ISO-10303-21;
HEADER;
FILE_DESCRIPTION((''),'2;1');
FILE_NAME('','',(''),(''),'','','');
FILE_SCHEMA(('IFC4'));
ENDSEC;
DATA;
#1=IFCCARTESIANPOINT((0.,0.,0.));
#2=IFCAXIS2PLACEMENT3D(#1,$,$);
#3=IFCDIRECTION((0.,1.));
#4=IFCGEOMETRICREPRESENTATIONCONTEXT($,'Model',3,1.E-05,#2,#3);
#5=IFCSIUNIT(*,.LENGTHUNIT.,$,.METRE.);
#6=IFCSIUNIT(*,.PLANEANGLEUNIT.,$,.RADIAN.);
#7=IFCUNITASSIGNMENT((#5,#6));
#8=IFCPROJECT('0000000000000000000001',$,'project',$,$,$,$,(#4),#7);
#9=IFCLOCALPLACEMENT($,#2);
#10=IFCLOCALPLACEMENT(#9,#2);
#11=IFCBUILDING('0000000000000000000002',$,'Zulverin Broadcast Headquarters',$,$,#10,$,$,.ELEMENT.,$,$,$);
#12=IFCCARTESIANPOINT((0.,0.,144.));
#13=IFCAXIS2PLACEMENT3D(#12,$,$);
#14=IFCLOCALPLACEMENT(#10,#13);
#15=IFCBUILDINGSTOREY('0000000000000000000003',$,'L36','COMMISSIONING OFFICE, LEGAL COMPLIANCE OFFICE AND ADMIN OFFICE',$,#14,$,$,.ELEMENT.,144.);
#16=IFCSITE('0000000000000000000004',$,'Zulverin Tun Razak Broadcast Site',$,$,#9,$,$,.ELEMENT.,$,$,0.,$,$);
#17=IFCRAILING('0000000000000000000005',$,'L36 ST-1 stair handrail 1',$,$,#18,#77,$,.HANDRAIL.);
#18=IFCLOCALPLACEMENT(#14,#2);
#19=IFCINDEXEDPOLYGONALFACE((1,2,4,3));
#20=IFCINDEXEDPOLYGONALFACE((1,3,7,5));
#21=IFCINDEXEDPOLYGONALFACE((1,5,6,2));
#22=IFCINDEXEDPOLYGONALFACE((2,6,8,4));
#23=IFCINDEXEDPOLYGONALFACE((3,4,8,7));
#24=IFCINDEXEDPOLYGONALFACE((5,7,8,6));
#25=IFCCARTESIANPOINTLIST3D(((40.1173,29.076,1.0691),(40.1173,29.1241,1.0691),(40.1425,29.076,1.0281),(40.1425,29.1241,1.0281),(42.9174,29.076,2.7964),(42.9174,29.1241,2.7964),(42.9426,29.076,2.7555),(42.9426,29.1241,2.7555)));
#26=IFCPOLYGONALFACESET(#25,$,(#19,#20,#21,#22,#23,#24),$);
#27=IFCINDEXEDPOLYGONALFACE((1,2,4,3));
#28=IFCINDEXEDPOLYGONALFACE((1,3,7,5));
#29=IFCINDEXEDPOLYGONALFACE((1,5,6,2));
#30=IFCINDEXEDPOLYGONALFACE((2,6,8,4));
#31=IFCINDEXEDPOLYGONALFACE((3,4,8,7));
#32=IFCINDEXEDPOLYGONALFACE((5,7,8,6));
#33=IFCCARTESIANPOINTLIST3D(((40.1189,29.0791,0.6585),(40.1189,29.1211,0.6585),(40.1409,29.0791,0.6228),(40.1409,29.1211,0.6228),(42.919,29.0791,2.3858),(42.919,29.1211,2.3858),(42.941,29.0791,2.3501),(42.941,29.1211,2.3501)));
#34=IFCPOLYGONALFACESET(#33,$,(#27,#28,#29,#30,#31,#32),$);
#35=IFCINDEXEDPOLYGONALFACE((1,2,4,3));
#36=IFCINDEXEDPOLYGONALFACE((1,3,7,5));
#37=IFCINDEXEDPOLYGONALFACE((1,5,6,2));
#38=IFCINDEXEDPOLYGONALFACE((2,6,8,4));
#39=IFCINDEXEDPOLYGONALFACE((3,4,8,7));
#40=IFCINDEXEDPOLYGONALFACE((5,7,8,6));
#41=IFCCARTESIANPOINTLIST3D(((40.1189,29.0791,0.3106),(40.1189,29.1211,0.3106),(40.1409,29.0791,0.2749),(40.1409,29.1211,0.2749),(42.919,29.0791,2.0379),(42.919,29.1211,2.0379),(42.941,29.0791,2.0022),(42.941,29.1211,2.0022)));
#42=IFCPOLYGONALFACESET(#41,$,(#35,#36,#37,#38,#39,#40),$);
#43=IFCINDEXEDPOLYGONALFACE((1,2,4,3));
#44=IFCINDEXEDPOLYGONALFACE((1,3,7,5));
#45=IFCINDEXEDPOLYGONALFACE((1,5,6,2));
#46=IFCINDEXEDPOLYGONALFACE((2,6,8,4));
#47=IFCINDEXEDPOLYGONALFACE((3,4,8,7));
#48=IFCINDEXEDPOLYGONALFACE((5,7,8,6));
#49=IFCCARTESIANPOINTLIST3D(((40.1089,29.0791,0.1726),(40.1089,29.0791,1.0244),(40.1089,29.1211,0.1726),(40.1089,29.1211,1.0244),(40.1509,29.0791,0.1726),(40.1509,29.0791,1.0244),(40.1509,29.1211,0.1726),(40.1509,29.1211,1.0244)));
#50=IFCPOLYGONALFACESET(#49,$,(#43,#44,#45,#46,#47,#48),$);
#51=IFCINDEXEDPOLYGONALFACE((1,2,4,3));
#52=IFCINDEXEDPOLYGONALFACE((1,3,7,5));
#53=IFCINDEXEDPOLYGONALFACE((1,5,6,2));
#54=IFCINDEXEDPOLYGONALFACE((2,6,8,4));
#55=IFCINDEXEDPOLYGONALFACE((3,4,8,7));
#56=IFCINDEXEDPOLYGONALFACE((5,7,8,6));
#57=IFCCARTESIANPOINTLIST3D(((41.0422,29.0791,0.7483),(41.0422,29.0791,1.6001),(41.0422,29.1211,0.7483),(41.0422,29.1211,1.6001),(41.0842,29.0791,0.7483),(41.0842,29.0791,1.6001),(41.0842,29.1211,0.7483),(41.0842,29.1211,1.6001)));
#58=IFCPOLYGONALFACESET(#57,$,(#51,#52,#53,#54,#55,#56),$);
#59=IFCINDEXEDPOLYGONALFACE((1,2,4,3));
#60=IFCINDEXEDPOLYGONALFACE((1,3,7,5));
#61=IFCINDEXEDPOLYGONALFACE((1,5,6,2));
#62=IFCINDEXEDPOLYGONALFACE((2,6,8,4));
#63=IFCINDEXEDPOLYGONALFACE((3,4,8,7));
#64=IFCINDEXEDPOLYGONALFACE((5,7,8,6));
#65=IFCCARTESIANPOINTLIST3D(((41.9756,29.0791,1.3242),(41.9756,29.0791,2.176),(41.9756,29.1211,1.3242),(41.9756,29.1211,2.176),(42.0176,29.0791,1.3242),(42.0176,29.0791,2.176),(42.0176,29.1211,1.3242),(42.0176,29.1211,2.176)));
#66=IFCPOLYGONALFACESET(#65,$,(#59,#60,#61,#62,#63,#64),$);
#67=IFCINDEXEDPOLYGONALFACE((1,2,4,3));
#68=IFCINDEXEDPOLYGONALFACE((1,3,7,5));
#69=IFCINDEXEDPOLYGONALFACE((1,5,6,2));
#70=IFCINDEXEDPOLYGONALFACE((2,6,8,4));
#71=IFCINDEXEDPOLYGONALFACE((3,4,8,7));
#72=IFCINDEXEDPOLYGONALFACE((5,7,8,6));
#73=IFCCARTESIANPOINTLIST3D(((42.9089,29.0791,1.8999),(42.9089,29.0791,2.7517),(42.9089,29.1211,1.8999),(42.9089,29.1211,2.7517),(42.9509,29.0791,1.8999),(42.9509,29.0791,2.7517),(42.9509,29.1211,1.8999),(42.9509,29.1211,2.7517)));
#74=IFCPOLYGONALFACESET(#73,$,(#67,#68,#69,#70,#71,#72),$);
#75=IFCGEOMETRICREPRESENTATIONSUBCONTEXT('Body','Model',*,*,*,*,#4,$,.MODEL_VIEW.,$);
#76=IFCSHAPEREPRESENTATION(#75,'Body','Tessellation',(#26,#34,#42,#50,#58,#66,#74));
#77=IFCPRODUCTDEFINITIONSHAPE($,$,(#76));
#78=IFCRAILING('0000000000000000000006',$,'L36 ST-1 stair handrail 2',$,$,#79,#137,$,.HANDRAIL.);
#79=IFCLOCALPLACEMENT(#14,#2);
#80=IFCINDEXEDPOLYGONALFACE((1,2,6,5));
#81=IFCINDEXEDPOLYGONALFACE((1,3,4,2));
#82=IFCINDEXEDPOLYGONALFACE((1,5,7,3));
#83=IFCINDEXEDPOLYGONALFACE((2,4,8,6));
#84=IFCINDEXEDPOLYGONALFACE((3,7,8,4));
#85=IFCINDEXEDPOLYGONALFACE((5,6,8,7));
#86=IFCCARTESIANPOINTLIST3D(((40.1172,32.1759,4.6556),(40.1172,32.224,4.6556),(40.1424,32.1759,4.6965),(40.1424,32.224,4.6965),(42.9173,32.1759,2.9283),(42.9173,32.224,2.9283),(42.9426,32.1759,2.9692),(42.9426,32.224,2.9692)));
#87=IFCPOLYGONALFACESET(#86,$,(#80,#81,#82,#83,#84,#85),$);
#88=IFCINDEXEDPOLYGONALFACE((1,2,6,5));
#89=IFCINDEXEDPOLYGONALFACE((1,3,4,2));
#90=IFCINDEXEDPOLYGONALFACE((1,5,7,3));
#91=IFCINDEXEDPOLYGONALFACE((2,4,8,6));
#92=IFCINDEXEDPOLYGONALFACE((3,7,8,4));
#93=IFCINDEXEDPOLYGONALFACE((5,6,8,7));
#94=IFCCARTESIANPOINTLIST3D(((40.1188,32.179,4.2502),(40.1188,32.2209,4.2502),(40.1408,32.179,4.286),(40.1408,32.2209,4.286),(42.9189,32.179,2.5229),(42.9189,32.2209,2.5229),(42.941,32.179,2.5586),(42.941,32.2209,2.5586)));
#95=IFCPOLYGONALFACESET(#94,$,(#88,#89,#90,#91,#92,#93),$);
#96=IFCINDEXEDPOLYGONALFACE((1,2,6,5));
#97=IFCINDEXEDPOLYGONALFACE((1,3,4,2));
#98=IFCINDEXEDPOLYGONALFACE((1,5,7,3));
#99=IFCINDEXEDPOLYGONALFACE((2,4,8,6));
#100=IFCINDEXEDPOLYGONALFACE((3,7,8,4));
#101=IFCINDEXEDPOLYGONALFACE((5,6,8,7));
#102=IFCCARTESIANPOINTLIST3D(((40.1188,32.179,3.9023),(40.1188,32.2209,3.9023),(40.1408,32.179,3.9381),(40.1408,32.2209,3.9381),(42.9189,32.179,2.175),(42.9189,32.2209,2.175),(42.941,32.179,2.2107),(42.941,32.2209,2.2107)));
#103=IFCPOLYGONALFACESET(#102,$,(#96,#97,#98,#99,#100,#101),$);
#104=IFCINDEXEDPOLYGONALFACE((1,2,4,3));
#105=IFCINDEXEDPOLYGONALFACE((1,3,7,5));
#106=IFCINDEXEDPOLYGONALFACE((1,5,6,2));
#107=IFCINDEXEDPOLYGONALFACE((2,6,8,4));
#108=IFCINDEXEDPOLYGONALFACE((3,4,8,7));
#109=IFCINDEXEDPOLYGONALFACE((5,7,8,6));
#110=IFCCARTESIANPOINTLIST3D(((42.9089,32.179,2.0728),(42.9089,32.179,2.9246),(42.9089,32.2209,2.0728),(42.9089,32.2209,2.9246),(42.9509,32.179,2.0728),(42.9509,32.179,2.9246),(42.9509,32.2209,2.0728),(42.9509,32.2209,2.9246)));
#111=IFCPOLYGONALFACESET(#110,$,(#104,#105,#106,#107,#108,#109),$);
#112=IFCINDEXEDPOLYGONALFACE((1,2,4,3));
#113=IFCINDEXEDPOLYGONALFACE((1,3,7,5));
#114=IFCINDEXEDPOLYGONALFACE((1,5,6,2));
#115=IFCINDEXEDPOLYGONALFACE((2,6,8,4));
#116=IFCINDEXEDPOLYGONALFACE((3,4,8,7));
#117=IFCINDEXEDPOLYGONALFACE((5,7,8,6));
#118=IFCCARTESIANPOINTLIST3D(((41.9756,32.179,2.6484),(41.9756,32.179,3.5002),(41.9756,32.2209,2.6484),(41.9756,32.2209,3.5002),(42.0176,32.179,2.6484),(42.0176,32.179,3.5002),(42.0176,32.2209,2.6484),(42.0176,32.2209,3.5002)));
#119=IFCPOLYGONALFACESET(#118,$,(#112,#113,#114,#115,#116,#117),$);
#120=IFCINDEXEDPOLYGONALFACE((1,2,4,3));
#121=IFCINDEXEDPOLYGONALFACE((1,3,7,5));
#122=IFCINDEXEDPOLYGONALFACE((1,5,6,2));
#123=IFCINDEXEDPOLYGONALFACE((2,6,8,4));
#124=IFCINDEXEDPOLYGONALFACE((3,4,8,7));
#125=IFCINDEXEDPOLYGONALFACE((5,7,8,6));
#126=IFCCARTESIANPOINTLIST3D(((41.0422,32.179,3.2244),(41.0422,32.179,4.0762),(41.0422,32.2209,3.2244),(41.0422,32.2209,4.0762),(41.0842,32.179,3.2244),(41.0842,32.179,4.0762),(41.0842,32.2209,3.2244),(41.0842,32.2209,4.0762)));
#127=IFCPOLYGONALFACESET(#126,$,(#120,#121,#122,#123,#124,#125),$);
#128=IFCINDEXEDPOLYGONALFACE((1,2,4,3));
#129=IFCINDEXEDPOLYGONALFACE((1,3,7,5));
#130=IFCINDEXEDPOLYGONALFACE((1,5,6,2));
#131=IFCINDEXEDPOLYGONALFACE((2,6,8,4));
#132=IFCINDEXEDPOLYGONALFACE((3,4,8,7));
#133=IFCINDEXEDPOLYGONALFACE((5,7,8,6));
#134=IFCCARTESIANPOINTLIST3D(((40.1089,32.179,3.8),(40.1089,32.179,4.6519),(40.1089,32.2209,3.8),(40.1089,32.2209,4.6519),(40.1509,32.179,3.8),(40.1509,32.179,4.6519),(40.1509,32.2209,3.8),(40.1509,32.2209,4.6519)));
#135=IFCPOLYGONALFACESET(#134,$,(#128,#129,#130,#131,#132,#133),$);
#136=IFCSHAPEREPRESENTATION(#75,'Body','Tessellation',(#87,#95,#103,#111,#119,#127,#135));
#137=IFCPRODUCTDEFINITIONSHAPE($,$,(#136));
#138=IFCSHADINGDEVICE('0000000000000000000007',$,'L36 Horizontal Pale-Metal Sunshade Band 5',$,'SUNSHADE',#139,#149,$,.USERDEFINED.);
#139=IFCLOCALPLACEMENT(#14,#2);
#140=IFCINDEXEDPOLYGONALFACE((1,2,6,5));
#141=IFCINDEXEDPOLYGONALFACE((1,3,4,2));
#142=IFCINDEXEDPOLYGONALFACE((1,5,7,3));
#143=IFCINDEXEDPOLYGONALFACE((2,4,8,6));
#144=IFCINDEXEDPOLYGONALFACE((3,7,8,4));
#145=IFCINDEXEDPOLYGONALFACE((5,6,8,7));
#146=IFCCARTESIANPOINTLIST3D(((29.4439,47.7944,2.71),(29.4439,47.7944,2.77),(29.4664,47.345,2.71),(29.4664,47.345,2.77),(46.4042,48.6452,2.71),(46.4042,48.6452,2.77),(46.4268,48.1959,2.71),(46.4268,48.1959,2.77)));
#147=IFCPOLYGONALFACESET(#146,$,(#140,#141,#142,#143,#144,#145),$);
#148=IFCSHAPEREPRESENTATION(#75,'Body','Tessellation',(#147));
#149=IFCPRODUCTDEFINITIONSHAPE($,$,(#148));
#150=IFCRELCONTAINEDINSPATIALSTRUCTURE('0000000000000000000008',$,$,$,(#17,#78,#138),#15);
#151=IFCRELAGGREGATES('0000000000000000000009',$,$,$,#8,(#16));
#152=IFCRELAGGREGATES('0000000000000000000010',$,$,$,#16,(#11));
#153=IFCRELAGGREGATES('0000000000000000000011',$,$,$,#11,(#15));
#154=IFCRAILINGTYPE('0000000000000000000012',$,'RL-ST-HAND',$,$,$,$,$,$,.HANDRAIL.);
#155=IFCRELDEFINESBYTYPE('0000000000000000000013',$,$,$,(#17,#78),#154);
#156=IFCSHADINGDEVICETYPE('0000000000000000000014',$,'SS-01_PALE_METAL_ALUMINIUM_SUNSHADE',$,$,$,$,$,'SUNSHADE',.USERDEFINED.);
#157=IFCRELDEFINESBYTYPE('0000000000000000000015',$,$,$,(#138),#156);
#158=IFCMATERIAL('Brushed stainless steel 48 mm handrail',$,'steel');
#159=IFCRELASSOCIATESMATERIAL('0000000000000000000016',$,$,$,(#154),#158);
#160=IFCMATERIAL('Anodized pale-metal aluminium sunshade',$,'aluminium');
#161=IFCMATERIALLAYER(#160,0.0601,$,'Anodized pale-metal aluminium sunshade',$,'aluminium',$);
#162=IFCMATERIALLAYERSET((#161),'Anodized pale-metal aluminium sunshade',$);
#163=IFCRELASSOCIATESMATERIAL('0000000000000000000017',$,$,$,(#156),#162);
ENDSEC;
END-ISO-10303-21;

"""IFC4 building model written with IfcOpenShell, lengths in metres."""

from ifc_helpers import new_model, si_unit, direction, frame, origin, origin_2d, place, context, subcontext, project, spatial, rectangle, extrude, material, layer, layer_set, type_object, element, save


model = new_model("IFC4")

# Units and contexts
model_context = context("Model", 3, precision=1e-05, world=origin(), true_north=direction((0.0, 1.0)))
body_context = subcontext(model_context, "Body", "Model", "MODEL_VIEW")
ifc_project = project(units=[si_unit("LENGTHUNIT", "METRE"), si_unit("PLANEANGLEUNIT", "RADIAN")], contexts=[model_context])

# Site, building, storey
site_placement = place(None, origin())
site = spatial("IfcSite", under=ifc_project, at=site_placement, Name="Zulverin Tun Razak Broadcast Site", CompositionType="ELEMENT", RefElevation=0.0)
building_placement = place(site_placement, origin())
building = spatial("IfcBuilding", under=site, at=building_placement, Name="Zulverin Broadcast Headquarters", CompositionType="ELEMENT")
storey_placement = place(building_placement, frame((0.0, 0.0, 144.0)))
storey = spatial("IfcBuildingStorey", under=building, at=storey_placement, Name="L36", Description="COMMISSIONING OFFICE, LEGAL COMPLIANCE OFFICE AND ADMIN OFFICE", CompositionType="ELEMENT", Elevation=144.0)

# Railings
ifc_material_1 = material(Name="Brushed stainless steel 48 mm handrail", Category="steel")
railing_type_1 = type_object("IfcRailingType", Name="RL-ST-HAND", PredefinedType="HANDRAIL", material=ifc_material_1)
railing_1_placement = place(storey_placement, frame((40.1299, 29.1001, 0.1726)))
element("IfcRailing", 1, at=railing_1_placement, inside=storey, type_object=railing_type_1, Name="L36 ST-1 stair handrail 1", PredefinedType="HANDRAIL", context=body_context, shape_type="SweptSolid", body=[
    extrude(rectangle(XDim=0.0481, YDim=0.0481, at=origin_2d()), frame((0.0, 0.0, 0.876), z_axis=(0.85109, 0.0, 0.52502), x_axis=(0.0, 1.0, 0.0)), (0.0, 0.0, 1.0), 3.29),
    extrude(rectangle(XDim=0.042, YDim=0.042, at=origin_2d()), frame((0.0, 0.0, 0.468), z_axis=(0.85109, 0.0, 0.52502), x_axis=(0.0, 1.0, 0.0)), (0.0, 0.0, 1.0), 3.29),
    extrude(rectangle(XDim=0.042, YDim=0.042, at=origin_2d()), frame((0.0, 0.0, 0.1201), z_axis=(0.85109, 0.0, 0.52502), x_axis=(0.0, 1.0, 0.0)), (0.0, 0.0, 1.0), 3.29),
    extrude(rectangle(XDim=0.042, YDim=0.042, at=origin_2d()), origin(), (0.0, 0.0, 1.0), 0.8518),
    extrude(rectangle(XDim=0.042, YDim=0.042, at=origin_2d()), frame((0.9333, 0.0, 0.5757)), (0.0, 0.0, 1.0), 0.8518),
    extrude(rectangle(XDim=0.042, YDim=0.042, at=origin_2d()), frame((1.8667, 0.0, 1.1516)), (0.0, 0.0, 1.0), 0.8518),
    extrude(rectangle(XDim=0.042, YDim=0.042, at=origin_2d()), frame((2.8, 0.0, 1.7273)), (0.0, 0.0, 1.0), 0.8518),
])
railing_2_placement = place(storey_placement, frame((42.9299, 32.2, 2.0728)))
element("IfcRailing", 2, at=railing_2_placement, inside=storey, type_object=railing_type_1, Name="L36 ST-1 stair handrail 2", PredefinedType="HANDRAIL", context=body_context, shape_type="SweptSolid", body=[
    extrude(rectangle(XDim=0.0481, YDim=0.0481, at=origin_2d()), frame((0.0, 0.0, 0.876), z_axis=(-0.85109, 0.0, 0.52502), x_axis=(0.0, -1.0, 0.0)), (0.0, 0.0, 1.0), 3.29),
    extrude(rectangle(XDim=0.042, YDim=0.042, at=origin_2d()), frame((0.0, 0.0, 0.468), z_axis=(-0.85109, 0.0, 0.52502), x_axis=(0.0, -1.0, 0.0)), (0.0, 0.0, 1.0), 3.29),
    extrude(rectangle(XDim=0.042, YDim=0.042, at=origin_2d()), frame((0.0, 0.0, 0.1201), z_axis=(-0.85109, 0.0, 0.52502), x_axis=(0.0, -1.0, 0.0)), (0.0, 0.0, 1.0), 3.29),
    extrude(rectangle(XDim=0.042, YDim=0.042, at=origin_2d()), origin(), (0.0, 0.0, 1.0), 0.8518),
    extrude(rectangle(XDim=0.042, YDim=0.042, at=origin_2d()), frame((-0.9333, 0.0, 0.5757)), (0.0, 0.0, 1.0), 0.8518),
    extrude(rectangle(XDim=0.042, YDim=0.042, at=origin_2d()), frame((-1.8667, 0.0, 1.1516)), (0.0, 0.0, 1.0), 0.8518),
    extrude(rectangle(XDim=0.042, YDim=0.042, at=origin_2d()), frame((-2.8, 0.0, 1.7273)), (0.0, 0.0, 1.0), 0.8518),
])

# Shading device
ifc_material_2 = material(Name="Anodized pale-metal aluminium sunshade", Category="aluminium")
ifc_layer_1 = layer(ifc_material_2, 0.0601, Name="Anodized pale-metal aluminium sunshade", Category="aluminium")
ifc_layer_set_1 = layer_set([ifc_layer_1], Name="Anodized pale-metal aluminium sunshade")
shading_device_type = type_object("IfcShadingDeviceType", Name="SS-01_PALE_METAL_ALUMINIUM_SUNSHADE", ElementType="SUNSHADE", PredefinedType="USERDEFINED", material=ifc_layer_set_1)
shading_device_placement = place(storey_placement, frame((37.9353, 47.9951, 2.71), z_axis=(0.0, 0.0, 1.0), x_axis=(-0.998744, -0.050105, 0.0)))
element("IfcShadingDevice", 3, at=shading_device_placement, inside=storey, type_object=shading_device_type, Name="L36 Horizontal Pale-Metal Sunshade Band 5", ObjectType="SUNSHADE", PredefinedType="USERDEFINED", context=body_context, shape_type="SweptSolid", body=[
    extrude(rectangle(XDim=16.9817, YDim=0.45, at=origin_2d()), origin(), (0.0, 0.0, 1.0), 0.0601),
])

save(model, "model.ifc")
